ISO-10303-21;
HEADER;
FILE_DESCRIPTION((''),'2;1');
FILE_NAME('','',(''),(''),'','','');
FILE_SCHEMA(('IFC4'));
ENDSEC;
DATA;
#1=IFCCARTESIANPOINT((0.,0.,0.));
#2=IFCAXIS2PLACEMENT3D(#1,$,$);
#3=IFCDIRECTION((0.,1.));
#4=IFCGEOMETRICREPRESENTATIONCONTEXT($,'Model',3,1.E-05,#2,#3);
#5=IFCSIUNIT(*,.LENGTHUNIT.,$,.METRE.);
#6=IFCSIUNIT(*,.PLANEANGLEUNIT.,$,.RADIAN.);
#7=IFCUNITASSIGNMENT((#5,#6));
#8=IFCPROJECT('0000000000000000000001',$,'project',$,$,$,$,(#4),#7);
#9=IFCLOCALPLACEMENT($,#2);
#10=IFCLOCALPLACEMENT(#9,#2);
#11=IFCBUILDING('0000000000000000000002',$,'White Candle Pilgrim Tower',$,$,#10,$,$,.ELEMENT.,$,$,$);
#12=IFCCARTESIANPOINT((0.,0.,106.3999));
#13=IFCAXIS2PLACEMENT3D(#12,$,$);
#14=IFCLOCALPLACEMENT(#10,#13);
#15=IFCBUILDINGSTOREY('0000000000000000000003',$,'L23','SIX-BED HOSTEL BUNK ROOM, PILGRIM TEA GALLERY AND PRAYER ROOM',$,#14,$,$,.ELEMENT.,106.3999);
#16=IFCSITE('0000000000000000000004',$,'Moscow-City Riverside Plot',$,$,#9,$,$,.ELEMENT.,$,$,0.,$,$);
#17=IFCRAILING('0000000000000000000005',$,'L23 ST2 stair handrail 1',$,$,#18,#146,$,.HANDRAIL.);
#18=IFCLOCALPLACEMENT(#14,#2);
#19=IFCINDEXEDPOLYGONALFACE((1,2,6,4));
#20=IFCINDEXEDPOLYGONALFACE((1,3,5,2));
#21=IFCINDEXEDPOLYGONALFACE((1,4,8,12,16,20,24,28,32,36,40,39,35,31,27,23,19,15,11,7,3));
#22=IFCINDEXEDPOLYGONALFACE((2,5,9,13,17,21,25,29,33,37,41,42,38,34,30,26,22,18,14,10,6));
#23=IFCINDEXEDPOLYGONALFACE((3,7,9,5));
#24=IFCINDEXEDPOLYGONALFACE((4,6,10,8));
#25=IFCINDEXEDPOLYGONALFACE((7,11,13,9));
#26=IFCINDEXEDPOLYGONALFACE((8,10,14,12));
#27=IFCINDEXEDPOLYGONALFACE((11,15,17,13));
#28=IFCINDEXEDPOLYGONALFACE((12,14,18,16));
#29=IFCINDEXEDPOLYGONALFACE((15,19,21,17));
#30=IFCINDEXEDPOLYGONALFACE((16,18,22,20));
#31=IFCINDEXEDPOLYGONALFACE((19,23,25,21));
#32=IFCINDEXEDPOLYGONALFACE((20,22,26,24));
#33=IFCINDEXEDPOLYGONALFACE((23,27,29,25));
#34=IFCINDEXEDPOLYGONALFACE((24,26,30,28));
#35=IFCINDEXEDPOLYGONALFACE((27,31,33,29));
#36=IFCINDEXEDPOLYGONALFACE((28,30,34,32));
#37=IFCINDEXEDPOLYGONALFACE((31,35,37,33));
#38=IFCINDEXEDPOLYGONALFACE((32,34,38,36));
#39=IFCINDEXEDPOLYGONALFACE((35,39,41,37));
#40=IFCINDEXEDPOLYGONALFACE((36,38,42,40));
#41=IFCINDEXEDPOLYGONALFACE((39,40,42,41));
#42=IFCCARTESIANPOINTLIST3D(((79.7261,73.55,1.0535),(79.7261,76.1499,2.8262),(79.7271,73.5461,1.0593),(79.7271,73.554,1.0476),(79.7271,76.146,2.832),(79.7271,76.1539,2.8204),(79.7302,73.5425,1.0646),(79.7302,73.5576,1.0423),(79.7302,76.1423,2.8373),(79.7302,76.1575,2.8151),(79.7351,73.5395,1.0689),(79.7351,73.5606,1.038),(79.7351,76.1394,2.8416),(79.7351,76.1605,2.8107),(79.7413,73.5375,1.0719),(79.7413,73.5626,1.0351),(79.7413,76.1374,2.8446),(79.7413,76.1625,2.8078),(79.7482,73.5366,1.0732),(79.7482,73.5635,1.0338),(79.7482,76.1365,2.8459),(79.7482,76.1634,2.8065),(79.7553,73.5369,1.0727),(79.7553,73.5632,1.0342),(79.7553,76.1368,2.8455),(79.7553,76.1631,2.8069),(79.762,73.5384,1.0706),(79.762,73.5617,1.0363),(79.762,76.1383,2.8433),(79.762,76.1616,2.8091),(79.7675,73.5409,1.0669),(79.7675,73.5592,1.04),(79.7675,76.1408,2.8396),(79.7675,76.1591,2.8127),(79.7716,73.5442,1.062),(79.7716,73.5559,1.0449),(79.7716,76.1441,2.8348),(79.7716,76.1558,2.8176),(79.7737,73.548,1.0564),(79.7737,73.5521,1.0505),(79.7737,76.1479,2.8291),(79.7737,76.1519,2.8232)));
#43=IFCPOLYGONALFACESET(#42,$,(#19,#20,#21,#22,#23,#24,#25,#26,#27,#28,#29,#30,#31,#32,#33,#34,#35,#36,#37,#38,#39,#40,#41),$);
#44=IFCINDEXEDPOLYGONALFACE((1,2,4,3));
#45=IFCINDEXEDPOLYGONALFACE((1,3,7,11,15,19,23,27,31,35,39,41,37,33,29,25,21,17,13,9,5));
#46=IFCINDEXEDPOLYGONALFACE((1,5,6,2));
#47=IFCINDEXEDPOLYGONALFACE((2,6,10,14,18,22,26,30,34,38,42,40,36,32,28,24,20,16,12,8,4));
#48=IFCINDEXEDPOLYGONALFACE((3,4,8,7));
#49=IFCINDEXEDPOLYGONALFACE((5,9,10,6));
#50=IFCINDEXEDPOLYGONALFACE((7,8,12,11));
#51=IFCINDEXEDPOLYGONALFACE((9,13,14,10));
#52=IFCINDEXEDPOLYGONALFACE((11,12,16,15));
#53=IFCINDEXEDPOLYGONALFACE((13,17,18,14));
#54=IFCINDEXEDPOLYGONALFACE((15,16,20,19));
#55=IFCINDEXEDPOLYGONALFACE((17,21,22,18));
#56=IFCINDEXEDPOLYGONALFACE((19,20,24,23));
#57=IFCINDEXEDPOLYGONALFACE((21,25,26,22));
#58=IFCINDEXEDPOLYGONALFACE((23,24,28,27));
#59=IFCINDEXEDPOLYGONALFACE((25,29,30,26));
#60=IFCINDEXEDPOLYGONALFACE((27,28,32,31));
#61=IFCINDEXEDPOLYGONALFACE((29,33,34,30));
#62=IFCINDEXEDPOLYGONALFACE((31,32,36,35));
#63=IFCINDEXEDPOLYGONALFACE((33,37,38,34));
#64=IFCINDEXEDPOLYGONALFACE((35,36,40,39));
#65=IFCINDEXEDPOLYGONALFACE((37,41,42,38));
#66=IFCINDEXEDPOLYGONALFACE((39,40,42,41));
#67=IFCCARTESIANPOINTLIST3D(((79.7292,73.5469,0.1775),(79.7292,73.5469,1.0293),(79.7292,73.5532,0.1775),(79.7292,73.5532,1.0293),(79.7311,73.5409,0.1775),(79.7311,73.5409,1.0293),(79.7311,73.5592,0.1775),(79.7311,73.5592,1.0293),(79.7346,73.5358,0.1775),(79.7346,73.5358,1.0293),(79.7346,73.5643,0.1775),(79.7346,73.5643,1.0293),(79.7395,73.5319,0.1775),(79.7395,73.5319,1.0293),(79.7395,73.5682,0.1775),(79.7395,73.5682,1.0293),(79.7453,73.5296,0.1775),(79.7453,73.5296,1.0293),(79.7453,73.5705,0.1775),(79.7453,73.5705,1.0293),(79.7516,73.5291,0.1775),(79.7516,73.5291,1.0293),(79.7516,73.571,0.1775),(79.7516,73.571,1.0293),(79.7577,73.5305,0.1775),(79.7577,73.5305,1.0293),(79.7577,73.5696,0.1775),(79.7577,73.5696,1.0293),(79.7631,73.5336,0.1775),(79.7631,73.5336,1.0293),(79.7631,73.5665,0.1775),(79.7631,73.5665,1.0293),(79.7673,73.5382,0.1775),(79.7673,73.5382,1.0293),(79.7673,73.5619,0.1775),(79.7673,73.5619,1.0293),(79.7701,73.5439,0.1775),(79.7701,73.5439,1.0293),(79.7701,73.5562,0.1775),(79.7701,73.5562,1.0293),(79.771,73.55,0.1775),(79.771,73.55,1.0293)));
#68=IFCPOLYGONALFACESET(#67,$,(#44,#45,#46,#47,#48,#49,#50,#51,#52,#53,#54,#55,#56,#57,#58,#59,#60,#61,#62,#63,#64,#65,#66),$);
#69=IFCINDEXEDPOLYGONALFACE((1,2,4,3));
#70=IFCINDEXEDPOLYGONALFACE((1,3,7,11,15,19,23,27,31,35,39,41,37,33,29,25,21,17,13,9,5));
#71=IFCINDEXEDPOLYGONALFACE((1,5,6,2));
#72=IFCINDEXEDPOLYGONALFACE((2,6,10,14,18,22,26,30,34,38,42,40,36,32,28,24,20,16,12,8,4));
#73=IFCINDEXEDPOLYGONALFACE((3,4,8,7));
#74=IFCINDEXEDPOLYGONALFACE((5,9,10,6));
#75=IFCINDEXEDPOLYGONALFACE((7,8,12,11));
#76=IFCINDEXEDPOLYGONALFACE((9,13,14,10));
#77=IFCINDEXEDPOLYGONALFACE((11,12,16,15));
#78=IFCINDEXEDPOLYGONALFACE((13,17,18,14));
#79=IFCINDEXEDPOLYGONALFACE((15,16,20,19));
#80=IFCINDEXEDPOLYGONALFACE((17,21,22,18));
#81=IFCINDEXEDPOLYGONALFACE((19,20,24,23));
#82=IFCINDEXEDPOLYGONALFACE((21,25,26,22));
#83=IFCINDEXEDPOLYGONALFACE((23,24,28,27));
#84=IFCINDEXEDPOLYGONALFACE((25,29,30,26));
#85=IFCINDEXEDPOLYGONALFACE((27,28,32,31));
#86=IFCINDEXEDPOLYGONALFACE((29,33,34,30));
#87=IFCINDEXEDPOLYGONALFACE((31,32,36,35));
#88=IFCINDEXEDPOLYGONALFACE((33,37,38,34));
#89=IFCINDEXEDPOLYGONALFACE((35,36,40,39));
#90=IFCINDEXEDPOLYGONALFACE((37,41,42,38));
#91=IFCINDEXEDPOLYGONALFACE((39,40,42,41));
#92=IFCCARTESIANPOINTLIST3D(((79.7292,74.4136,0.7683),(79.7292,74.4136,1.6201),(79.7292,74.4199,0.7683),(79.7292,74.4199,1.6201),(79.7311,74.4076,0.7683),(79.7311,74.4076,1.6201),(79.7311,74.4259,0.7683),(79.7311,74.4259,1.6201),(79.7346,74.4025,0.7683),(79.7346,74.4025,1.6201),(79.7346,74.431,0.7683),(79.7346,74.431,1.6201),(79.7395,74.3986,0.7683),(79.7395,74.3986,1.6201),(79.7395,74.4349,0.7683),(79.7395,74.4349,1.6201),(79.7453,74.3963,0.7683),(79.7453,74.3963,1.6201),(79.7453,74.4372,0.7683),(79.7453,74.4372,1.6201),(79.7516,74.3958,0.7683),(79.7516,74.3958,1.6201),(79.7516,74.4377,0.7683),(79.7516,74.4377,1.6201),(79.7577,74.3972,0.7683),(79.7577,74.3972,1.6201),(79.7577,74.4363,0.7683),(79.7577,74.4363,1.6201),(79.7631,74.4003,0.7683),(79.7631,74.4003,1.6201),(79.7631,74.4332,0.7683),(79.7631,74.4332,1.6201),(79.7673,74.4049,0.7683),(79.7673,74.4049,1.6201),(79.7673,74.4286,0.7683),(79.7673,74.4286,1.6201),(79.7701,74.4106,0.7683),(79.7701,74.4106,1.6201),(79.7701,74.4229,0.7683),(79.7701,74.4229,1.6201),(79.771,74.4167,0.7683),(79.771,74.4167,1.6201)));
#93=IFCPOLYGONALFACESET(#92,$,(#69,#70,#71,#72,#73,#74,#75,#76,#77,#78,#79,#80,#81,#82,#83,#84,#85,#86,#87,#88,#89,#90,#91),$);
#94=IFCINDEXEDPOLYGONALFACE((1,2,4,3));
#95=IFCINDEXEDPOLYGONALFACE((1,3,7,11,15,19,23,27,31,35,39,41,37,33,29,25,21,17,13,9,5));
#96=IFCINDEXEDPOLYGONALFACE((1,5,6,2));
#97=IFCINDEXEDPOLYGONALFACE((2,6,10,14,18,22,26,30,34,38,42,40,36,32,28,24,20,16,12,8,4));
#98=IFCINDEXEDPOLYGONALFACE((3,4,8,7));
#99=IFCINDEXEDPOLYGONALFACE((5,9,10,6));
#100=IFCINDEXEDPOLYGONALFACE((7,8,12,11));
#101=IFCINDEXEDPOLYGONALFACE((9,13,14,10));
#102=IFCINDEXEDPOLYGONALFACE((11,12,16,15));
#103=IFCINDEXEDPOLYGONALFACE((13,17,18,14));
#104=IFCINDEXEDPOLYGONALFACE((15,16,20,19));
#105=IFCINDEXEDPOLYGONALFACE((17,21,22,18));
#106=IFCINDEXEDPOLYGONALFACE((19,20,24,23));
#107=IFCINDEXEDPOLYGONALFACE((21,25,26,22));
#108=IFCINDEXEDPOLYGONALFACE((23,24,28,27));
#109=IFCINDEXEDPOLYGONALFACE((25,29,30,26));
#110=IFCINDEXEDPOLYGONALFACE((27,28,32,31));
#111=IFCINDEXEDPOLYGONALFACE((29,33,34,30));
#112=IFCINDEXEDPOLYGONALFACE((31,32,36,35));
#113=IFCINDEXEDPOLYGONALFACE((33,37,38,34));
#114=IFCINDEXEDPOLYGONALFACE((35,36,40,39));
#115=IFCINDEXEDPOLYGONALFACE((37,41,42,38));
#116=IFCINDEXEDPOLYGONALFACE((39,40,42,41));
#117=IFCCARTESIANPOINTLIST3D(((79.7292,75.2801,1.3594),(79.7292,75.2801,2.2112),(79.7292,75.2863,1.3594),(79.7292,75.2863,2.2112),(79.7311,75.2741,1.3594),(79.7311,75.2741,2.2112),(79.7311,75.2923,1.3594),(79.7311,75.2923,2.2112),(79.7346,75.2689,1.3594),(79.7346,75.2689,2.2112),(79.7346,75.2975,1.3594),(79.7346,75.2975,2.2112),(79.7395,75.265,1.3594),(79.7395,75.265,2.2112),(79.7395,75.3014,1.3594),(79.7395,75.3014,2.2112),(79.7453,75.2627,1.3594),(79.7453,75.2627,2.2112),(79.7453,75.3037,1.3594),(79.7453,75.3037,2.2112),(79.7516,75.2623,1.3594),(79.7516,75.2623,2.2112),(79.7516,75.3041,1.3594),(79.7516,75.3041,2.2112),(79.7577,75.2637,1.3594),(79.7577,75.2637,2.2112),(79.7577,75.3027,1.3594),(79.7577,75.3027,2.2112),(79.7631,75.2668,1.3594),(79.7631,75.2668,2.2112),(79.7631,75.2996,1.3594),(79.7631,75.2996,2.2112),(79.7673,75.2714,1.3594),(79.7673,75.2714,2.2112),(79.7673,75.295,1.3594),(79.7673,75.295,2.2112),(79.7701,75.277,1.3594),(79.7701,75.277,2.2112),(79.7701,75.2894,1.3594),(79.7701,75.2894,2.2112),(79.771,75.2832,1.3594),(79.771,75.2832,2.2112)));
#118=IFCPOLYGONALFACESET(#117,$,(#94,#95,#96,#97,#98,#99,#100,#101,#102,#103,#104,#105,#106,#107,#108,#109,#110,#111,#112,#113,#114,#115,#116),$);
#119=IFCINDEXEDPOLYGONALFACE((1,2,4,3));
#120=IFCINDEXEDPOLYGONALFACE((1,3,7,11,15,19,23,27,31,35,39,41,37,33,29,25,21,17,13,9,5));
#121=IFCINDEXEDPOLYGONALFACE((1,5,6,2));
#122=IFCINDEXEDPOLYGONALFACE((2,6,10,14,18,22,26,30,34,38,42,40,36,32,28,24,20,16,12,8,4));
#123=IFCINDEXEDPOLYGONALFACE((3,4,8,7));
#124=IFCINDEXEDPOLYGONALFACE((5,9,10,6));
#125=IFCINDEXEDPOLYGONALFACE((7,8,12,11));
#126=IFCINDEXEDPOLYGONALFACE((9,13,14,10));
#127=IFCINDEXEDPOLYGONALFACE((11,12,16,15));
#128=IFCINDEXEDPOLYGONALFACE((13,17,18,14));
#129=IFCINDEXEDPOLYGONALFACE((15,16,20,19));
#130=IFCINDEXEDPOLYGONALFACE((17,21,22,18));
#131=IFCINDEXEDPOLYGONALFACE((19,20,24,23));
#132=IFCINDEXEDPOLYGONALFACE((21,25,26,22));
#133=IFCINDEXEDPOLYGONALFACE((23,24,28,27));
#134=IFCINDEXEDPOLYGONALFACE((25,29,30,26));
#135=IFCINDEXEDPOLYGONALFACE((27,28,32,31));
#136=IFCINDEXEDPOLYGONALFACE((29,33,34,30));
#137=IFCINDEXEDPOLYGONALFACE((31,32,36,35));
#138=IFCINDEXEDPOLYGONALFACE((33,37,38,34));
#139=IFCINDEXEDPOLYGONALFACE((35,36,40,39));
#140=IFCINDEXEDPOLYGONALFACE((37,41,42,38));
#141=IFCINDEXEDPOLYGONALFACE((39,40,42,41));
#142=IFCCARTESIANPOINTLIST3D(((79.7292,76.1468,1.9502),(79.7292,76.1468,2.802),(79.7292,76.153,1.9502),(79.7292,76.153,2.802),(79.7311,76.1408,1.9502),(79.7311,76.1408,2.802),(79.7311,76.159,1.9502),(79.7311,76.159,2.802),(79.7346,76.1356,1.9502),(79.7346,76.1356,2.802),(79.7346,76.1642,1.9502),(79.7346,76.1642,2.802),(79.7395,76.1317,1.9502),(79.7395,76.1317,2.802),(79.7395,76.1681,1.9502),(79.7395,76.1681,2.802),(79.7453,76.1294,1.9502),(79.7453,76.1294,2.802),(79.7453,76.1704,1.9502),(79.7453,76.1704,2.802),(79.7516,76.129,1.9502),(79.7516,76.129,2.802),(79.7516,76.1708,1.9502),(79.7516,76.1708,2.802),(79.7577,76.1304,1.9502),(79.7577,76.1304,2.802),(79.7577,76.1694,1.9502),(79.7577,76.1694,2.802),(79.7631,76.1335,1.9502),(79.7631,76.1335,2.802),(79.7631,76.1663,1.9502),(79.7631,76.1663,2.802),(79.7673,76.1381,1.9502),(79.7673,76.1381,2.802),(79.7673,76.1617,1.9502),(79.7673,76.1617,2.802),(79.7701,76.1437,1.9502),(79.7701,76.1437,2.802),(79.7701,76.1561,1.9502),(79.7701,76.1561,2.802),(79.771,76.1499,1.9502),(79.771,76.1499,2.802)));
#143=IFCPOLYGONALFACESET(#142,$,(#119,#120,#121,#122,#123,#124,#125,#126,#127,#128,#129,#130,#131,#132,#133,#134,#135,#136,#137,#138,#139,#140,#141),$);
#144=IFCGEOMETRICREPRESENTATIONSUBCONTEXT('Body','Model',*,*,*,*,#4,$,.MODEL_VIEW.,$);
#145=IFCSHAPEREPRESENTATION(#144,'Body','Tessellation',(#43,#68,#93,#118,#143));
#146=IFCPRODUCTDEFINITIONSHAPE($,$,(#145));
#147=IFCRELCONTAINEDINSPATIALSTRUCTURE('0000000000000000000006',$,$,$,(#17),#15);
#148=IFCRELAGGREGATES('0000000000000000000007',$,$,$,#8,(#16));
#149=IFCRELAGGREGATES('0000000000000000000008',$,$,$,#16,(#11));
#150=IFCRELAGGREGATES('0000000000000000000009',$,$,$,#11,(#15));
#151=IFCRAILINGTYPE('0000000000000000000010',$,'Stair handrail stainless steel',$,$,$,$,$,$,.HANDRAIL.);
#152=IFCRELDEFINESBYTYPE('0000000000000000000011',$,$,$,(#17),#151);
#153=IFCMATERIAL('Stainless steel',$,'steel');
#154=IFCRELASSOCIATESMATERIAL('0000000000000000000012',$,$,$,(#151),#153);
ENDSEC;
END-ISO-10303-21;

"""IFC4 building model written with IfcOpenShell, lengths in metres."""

from ifc_helpers import new_model, si_unit, direction, frame, origin, origin_2d, place, context, subcontext, project, spatial, circle, extrude, material, type_object, element, save


model = new_model("IFC4")

# Units and contexts
model_context = context("Model", 3, precision=1e-05, world=origin(), true_north=direction((0.0, 1.0)))
body_context = subcontext(model_context, "Body", "Model", "MODEL_VIEW")
ifc_project = project(units=[si_unit("LENGTHUNIT", "METRE"), si_unit("PLANEANGLEUNIT", "RADIAN")], contexts=[model_context])

# Site, building, storey
site_placement = place(None, origin())
site = spatial("IfcSite", under=ifc_project, at=site_placement, Name="Moscow-City Riverside Plot", CompositionType="ELEMENT", RefElevation=0.0)
building_placement = place(site_placement, origin())
building = spatial("IfcBuilding", under=site, at=building_placement, Name="White Candle Pilgrim Tower", CompositionType="ELEMENT")
storey_placement = place(building_placement, frame((0.0, 0.0, 106.3999)))
storey = spatial("IfcBuildingStorey", under=building, at=storey_placement, Name="L23", Description="SIX-BED HOSTEL BUNK ROOM, PILGRIM TEA GALLERY AND PRAYER ROOM", CompositionType="ELEMENT", Elevation=106.3999)

# Railing
ifc_material_1 = material(Name="Stainless steel", Category="steel")
railing_type_1 = type_object("IfcRailingType", Name="Stair handrail stainless steel", PredefinedType="HANDRAIL", material=ifc_material_1)
railing_1_placement = place(storey_placement, frame((79.75, 73.55, 0.1775)))
element("IfcRailing", 1, at=railing_1_placement, inside=storey, type_object=railing_type_1, Name="L23 ST2 stair handrail 1", PredefinedType="HANDRAIL", context=body_context, shape_type="SweptSolid", body=[
    extrude(circle(Radius=0.0239, at=origin_2d()), frame((0.0, 0.0, 0.876), z_axis=(0.0, 0.826216, 0.563354), x_axis=(-1.0, 0.0, 0.0)), (0.0, 0.0, 1.0), 3.1467),
    extrude(circle(Radius=0.021, at=origin_2d()), origin(), (0.0, 0.0, 1.0), 0.8518),
    extrude(circle(Radius=0.021, at=origin_2d()), frame((0.0, 0.8667, 0.5908)), (0.0, 0.0, 1.0), 0.8518),
    extrude(circle(Radius=0.021, at=origin_2d()), frame((0.0, 1.7332, 1.1819)), (0.0, 0.0, 1.0), 0.8518),
    extrude(circle(Radius=0.021, at=origin_2d()), frame((0.0, 2.5999, 1.7727)), (0.0, 0.0, 1.0), 0.8518),
])

save(model, "model.ifc")
